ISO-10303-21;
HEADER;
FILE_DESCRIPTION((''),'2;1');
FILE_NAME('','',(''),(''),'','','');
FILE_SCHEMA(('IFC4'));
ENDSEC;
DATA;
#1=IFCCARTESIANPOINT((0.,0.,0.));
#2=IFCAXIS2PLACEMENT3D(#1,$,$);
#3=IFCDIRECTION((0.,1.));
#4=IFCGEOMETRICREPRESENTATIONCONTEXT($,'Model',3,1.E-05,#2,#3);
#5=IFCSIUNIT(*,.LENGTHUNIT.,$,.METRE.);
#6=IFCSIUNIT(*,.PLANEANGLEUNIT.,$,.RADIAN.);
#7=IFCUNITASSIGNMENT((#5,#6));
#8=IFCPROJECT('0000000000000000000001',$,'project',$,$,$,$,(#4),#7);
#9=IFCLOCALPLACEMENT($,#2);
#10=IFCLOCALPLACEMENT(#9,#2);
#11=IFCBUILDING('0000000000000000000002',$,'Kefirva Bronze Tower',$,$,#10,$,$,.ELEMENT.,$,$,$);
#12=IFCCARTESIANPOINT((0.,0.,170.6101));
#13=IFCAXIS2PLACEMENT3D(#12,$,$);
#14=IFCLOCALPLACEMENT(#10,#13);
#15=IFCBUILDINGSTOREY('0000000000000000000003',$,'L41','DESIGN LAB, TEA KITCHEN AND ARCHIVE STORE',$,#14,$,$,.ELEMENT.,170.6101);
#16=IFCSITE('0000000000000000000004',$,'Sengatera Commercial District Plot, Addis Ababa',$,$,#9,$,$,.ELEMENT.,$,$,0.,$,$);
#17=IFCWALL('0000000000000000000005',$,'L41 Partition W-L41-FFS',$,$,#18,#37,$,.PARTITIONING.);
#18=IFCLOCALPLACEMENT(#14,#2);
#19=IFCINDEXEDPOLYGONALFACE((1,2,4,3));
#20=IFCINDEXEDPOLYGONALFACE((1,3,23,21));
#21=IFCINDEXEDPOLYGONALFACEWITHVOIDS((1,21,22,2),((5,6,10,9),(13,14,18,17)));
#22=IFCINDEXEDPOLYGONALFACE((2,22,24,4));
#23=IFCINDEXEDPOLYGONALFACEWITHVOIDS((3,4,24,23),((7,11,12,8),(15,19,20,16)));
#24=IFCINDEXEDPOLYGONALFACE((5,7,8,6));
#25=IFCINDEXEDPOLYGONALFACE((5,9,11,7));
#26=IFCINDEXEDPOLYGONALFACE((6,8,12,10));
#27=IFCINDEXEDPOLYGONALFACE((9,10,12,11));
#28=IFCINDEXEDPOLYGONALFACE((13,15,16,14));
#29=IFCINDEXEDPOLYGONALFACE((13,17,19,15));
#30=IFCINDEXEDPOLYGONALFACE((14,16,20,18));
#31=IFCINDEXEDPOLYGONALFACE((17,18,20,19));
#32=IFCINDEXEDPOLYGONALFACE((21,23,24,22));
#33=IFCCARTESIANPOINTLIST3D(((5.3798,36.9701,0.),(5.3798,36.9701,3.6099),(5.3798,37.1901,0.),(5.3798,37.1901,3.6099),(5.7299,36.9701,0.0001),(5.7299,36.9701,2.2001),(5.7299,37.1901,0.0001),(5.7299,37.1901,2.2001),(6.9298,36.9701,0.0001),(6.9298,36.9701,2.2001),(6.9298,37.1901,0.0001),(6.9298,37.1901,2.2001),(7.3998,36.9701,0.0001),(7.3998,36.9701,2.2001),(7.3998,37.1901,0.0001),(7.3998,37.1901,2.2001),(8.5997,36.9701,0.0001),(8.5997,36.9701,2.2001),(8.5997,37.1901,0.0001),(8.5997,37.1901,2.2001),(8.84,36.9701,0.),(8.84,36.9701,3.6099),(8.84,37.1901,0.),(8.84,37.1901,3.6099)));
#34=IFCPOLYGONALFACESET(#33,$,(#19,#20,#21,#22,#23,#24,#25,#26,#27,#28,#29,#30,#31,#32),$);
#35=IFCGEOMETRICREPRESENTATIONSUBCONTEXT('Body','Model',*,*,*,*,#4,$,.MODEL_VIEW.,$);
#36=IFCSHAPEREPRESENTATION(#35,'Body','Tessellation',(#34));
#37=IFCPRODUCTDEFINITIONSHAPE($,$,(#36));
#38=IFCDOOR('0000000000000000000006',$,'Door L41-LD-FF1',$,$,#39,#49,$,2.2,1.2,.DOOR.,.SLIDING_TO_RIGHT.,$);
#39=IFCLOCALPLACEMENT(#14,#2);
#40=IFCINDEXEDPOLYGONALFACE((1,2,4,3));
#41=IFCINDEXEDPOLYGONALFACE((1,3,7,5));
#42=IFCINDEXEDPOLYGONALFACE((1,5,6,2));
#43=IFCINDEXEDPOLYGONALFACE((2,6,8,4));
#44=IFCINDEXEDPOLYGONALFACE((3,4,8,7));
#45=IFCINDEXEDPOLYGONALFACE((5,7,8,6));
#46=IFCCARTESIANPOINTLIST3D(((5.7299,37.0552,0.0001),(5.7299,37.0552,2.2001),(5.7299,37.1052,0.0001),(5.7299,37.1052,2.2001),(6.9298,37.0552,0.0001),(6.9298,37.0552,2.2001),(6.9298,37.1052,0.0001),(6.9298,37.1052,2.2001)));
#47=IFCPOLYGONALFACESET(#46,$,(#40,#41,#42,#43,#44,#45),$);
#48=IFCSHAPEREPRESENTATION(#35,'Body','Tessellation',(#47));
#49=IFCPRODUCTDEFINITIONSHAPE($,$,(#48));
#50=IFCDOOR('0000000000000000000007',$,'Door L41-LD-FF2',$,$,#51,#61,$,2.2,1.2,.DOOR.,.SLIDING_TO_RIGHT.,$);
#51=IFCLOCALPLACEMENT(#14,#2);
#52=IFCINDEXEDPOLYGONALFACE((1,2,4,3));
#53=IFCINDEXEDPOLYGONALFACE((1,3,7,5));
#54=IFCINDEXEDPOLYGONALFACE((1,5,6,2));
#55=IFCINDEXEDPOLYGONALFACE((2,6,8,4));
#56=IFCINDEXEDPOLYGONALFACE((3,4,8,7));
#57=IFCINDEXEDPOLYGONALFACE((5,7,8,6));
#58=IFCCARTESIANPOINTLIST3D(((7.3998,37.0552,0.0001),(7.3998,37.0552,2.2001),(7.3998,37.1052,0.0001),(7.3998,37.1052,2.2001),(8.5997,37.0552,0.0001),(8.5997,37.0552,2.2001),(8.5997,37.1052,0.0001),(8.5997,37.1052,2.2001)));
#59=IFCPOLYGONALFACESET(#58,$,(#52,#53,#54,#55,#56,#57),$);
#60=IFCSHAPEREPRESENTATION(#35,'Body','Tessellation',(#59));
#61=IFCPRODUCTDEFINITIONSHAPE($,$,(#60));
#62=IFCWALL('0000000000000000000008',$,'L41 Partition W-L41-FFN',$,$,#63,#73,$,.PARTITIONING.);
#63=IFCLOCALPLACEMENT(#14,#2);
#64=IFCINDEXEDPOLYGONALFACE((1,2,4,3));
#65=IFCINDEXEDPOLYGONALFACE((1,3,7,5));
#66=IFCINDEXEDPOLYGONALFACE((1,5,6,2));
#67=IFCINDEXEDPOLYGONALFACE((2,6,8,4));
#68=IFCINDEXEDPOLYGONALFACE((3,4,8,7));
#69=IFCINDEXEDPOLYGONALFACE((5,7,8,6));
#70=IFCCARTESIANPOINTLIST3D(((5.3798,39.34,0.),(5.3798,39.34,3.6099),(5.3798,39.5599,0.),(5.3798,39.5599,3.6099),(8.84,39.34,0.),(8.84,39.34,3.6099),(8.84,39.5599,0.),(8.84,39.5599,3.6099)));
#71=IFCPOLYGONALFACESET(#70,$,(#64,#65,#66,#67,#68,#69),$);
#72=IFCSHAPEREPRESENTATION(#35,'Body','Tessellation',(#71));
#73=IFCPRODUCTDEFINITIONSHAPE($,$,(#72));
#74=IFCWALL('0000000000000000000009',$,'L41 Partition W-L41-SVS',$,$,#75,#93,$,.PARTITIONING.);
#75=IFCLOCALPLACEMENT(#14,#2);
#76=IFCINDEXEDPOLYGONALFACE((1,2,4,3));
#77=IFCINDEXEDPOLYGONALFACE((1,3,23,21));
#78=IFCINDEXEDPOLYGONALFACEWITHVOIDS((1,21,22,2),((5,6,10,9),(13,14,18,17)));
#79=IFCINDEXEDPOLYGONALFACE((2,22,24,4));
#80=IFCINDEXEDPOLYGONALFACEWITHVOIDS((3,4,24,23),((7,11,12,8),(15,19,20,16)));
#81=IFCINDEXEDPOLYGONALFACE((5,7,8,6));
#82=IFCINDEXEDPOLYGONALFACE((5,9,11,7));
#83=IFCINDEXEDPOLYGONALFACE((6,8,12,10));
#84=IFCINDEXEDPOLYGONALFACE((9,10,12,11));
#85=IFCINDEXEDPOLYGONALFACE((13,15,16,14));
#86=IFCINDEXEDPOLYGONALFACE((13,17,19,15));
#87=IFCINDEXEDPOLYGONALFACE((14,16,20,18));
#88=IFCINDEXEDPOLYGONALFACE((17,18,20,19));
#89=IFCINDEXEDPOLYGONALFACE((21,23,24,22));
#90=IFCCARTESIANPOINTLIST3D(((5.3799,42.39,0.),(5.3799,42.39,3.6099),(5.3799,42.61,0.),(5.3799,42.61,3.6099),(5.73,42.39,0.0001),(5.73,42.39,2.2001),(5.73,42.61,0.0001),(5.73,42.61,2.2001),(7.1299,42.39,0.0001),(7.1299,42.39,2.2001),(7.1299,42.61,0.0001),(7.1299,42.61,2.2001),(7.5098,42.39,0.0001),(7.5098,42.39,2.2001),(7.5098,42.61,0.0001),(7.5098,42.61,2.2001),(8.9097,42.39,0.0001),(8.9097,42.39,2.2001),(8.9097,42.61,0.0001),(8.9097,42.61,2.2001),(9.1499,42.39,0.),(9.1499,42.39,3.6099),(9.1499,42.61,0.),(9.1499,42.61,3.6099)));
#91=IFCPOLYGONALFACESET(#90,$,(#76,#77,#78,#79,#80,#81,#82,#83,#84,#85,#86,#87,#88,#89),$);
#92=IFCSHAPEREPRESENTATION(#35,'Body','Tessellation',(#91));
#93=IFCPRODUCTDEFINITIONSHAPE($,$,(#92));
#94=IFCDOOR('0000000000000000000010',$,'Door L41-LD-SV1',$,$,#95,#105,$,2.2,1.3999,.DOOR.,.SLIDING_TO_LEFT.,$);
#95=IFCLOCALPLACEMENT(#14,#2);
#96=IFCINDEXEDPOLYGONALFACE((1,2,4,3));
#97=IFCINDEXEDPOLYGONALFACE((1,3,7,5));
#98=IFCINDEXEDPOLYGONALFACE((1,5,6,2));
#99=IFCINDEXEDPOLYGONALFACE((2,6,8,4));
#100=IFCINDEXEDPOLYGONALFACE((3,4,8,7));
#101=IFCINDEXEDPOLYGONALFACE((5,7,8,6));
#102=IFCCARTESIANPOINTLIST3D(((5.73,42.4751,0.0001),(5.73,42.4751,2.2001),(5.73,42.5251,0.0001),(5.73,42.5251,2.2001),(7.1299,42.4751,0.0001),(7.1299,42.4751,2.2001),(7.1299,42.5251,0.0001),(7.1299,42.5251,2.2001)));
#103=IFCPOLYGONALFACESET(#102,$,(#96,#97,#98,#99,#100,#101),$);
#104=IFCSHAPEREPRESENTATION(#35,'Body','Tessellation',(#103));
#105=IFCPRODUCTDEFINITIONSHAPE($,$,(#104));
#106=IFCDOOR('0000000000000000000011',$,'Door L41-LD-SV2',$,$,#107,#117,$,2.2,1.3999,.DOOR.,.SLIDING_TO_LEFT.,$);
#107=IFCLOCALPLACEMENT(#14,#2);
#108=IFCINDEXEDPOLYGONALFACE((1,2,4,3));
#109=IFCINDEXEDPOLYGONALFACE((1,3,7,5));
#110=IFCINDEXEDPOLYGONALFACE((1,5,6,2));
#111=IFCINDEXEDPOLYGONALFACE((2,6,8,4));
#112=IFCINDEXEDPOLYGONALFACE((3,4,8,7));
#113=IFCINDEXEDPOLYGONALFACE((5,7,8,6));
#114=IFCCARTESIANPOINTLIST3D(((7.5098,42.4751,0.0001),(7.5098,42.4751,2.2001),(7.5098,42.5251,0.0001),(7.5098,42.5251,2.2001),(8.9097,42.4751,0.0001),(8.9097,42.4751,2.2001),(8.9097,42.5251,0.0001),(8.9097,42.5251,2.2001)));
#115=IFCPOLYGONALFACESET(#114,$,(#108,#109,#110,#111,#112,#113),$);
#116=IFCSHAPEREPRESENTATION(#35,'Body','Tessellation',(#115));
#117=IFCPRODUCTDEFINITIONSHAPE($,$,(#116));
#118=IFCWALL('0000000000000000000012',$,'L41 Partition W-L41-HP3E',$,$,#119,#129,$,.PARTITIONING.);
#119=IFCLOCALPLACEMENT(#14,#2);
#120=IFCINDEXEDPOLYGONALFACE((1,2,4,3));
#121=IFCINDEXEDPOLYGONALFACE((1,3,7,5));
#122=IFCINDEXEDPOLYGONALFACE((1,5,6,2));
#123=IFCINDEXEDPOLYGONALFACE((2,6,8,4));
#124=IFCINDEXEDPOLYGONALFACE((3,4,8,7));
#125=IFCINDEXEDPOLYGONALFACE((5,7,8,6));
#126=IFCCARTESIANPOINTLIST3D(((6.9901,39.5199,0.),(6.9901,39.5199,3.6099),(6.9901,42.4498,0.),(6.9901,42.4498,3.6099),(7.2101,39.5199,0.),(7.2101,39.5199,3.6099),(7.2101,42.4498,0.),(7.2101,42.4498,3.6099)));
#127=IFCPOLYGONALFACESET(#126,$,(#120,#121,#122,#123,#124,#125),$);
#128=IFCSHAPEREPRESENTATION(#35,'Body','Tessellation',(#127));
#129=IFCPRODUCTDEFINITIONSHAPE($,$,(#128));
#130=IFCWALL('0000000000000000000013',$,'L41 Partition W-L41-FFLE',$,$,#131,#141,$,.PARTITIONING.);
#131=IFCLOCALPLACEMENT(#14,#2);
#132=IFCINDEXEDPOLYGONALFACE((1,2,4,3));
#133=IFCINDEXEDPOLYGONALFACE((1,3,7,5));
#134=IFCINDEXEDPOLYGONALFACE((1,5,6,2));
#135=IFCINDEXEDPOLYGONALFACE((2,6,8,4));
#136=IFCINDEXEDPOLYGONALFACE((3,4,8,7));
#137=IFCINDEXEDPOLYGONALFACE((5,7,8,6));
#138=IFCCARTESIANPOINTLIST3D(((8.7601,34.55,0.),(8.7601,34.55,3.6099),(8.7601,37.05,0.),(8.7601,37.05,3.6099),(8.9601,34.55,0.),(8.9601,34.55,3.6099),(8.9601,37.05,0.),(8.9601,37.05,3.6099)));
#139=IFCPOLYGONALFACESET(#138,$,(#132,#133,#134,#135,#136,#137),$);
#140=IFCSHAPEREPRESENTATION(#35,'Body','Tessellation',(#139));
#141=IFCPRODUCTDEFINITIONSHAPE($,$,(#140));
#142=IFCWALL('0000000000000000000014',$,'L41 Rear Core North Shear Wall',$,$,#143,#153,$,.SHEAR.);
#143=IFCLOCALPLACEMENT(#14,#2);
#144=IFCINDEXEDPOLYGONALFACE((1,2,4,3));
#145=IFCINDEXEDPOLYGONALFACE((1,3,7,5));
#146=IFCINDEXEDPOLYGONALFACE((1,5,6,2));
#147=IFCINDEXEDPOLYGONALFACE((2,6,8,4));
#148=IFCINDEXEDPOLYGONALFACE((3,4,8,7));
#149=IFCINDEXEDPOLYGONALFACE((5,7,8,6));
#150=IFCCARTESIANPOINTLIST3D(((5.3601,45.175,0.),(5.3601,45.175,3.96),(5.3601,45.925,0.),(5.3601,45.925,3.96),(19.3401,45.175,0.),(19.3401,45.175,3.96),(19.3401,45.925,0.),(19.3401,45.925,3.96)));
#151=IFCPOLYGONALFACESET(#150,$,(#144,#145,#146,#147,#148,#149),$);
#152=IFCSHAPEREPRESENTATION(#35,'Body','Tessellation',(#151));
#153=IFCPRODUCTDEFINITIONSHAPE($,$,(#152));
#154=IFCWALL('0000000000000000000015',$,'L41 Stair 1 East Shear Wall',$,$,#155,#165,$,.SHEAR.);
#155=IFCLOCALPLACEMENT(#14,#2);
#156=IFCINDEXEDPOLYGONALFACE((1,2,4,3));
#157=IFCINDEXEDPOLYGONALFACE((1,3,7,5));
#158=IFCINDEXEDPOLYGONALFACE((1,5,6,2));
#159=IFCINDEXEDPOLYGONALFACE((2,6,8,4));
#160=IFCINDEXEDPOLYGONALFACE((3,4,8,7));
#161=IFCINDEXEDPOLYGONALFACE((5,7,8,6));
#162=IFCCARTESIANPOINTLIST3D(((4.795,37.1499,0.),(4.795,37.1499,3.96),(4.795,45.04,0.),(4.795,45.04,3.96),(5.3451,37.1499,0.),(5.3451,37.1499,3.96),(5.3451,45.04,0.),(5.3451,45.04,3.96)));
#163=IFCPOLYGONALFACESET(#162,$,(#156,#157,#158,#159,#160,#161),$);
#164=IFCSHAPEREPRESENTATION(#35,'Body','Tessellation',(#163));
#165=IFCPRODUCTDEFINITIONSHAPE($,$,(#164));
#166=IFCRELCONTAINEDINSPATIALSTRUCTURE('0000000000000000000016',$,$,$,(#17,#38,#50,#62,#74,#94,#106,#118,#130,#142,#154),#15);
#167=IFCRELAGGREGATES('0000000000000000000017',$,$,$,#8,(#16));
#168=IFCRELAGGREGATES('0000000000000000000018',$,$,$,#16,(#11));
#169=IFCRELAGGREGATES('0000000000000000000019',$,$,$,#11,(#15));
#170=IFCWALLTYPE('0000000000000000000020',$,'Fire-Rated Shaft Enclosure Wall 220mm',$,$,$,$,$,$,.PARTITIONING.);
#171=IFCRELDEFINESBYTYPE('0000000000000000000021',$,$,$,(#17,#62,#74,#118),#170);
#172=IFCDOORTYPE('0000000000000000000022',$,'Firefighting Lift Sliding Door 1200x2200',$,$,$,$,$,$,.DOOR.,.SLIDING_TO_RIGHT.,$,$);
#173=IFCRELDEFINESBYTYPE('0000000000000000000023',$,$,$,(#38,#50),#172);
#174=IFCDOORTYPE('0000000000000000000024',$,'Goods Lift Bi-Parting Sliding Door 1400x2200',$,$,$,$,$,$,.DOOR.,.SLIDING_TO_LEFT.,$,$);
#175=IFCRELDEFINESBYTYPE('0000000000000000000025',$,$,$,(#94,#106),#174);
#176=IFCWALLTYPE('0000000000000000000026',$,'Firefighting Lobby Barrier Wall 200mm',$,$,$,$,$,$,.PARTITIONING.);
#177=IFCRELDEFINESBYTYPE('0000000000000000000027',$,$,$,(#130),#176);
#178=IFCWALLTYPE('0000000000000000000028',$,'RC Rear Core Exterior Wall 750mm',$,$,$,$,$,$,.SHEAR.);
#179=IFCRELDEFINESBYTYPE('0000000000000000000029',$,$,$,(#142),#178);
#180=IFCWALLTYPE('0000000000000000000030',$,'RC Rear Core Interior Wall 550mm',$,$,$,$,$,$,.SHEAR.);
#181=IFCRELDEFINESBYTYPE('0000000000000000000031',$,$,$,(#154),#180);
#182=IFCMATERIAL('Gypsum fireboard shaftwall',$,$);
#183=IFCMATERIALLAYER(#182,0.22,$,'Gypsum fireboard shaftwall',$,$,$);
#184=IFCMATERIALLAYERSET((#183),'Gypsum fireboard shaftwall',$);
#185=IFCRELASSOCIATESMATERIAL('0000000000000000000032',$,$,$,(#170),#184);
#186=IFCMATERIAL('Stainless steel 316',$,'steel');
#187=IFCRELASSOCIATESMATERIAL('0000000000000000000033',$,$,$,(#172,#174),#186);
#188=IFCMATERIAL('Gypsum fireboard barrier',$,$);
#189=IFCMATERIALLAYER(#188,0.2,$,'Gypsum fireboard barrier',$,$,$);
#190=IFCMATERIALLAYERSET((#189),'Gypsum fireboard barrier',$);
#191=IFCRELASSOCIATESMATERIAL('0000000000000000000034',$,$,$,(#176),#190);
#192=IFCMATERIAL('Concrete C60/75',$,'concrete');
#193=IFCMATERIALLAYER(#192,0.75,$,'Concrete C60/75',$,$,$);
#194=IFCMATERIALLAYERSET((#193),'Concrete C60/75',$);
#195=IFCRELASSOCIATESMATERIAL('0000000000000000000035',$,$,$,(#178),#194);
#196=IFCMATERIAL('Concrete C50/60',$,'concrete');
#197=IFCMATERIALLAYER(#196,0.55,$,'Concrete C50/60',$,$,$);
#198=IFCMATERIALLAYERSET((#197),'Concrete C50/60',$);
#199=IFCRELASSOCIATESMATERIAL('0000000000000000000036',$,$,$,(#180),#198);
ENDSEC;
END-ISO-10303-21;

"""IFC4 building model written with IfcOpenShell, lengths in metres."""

from ifc_helpers import new_model, si_unit, direction, frame, frame_2d, origin, place, context, subcontext, project, spatial, rectangle, extrude, material, layer, layer_set, type_object, element, fill, save


model = new_model("IFC4")

# Units and contexts
model_context = context("Model", 3, precision=1e-05, world=origin(), true_north=direction((0.0, 1.0)))
body_context = subcontext(model_context, "Body", "Model", "MODEL_VIEW")
ifc_project = project(units=[si_unit("LENGTHUNIT", "METRE"), si_unit("PLANEANGLEUNIT", "RADIAN")], contexts=[model_context])

# Site, building, storey
site_placement = place(None, origin())
site = spatial("IfcSite", under=ifc_project, at=site_placement, Name="Sengatera Commercial District Plot, Addis Ababa", CompositionType="ELEMENT", RefElevation=0.0)
building_placement = place(site_placement, origin())
building = spatial("IfcBuilding", under=site, at=building_placement, Name="Kefirva Bronze Tower", CompositionType="ELEMENT")
storey_placement = place(building_placement, frame((0.0, 0.0, 170.6101)))
storey = spatial("IfcBuildingStorey", under=building, at=storey_placement, Name="L41", Description="DESIGN LAB, TEA KITCHEN AND ARCHIVE STORE", CompositionType="ELEMENT", Elevation=170.6101)

# Wall, openings, doors
ifc_material_1 = material(Name="Gypsum fireboard shaftwall")
ifc_layer_1 = layer(ifc_material_1, 0.22, Name="Gypsum fireboard shaftwall")
ifc_layer_set_1 = layer_set([ifc_layer_1], Name="Gypsum fireboard shaftwall")
wall_type_1 = type_object("IfcWallType", Name="Fire-Rated Shaft Enclosure Wall 220mm", PredefinedType="PARTITIONING", material=ifc_layer_set_1)
wall_1_placement = place(storey_placement, frame((5.3799, 37.0801, 0.0), z_axis=(0.0, 0.0, 1.0), x_axis=(1.0, 0.0, 0.0)))
wall_1 = element("IfcWall", 1, at=wall_1_placement, inside=storey, type_object=wall_type_1, Name="L41 Partition W-L41-FFS", PredefinedType="PARTITIONING", context=body_context, shape_type="SweptSolid", body=[
    extrude(rectangle(XDim=3.4602, YDim=0.22, at=frame_2d((1.73, 0.0))), origin(), (0.0, 0.0, 1.0), 3.6099),
])
opening_1_placement = place(wall_1_placement, frame((1.55, 0.0, 0.0), z_axis=(0.0, 0.0, 1.0), x_axis=(-1.0, 0.0, 0.0)))
opening_1 = element("IfcOpeningElement", 2, at=opening_1_placement, cuts=wall_1, PredefinedType="OPENING", context=body_context, shape_type="SweptSolid", body=[
    extrude(rectangle(XDim=1.2, YDim=2.2, at=frame_2d((0.6001, 1.1001))), frame((0.0, 0.1201, 0.0), z_axis=(0.0, -1.0, 0.0), x_axis=(1.0, 0.0, 0.0)), (0.0, 0.0, 1.0), 0.24),
])
opening_2_placement = place(wall_1_placement, frame((3.22, 0.0, 0.0), z_axis=(0.0, 0.0, 1.0), x_axis=(-1.0, 0.0, 0.0)))
opening_2 = element("IfcOpeningElement", 3, at=opening_2_placement, cuts=wall_1, PredefinedType="OPENING", context=body_context, shape_type="SweptSolid", body=[
    extrude(rectangle(XDim=1.2, YDim=2.2, at=frame_2d((0.6001, 1.1001))), frame((0.0, 0.1201, 0.0), z_axis=(0.0, -1.0, 0.0), x_axis=(1.0, 0.0, 0.0)), (0.0, 0.0, 1.0), 0.24),
])
ifc_material_2 = material(Name="Stainless steel 316", Category="steel")
door_type_1 = type_object("IfcDoorType", Name="Firefighting Lift Sliding Door 1200x2200", OperationType="SLIDING_TO_RIGHT", PredefinedType="DOOR", material=ifc_material_2)
door_1_placement = place(opening_1_placement, origin())
door_1 = element("IfcDoor", 4, at=door_1_placement, inside=storey, type_object=door_type_1, Name="Door L41-LD-FF1", OperationType="SLIDING_TO_RIGHT", OverallHeight=2.2, OverallWidth=1.2, PredefinedType="DOOR", context=body_context, shape_type="SweptSolid", body=[
    extrude(rectangle(XDim=1.2, YDim=2.2, at=frame_2d((0.6001, 1.1001))), frame((0.0, 0.0249, 0.0), z_axis=(0.0, -1.0, 0.0), x_axis=(1.0, 0.0, 0.0)), (0.0, 0.0, 1.0), 0.05),
])
fill(opening_1, door_1)
door_2_placement = place(opening_2_placement, origin())
door_2 = element("IfcDoor", 5, at=door_2_placement, inside=storey, type_object=door_type_1, Name="Door L41-LD-FF2", OperationType="SLIDING_TO_RIGHT", OverallHeight=2.2, OverallWidth=1.2, PredefinedType="DOOR", context=body_context, shape_type="SweptSolid", body=[
    extrude(rectangle(XDim=1.2, YDim=2.2, at=frame_2d((0.6001, 1.1001))), frame((0.0, 0.0249, 0.0), z_axis=(0.0, -1.0, 0.0), x_axis=(1.0, 0.0, 0.0)), (0.0, 0.0, 1.0), 0.05),
])
fill(opening_2, door_2)

# Wall
wall_2_placement = place(storey_placement, frame((5.3799, 39.45, 0.0), z_axis=(0.0, 0.0, 1.0), x_axis=(1.0, 0.0, 0.0)))
element("IfcWall", 6, at=wall_2_placement, inside=storey, type_object=wall_type_1, Name="L41 Partition W-L41-FFN", PredefinedType="PARTITIONING", context=body_context, shape_type="SweptSolid", body=[
    extrude(rectangle(XDim=3.4602, YDim=0.22, at=frame_2d((1.73, 0.0))), origin(), (0.0, 0.0, 1.0), 3.6099),
])

# Wall, openings, doors
wall_3_placement = place(storey_placement, frame((5.3799, 42.5, 0.0), z_axis=(0.0, 0.0, 1.0), x_axis=(1.0, 0.0, 0.0)))
wall_3 = element("IfcWall", 7, at=wall_3_placement, inside=storey, type_object=wall_type_1, Name="L41 Partition W-L41-SVS", PredefinedType="PARTITIONING", context=body_context, shape_type="SweptSolid", body=[
    extrude(rectangle(XDim=3.77, YDim=0.22, at=frame_2d((1.885, 0.0))), origin(), (0.0, 0.0, 1.0), 3.6099),
])
opening_3_placement = place(wall_3_placement, frame((1.75, 0.0, 0.0), z_axis=(0.0, 0.0, 1.0), x_axis=(-1.0, 0.0, 0.0)))
opening_3 = element("IfcOpeningElement", 8, at=opening_3_placement, cuts=wall_3, PredefinedType="OPENING", context=body_context, shape_type="SweptSolid", body=[
    extrude(rectangle(XDim=1.3999, YDim=2.2, at=frame_2d((0.7, 1.1001))), frame((0.0, 0.1201, 0.0), z_axis=(0.0, -1.0, 0.0), x_axis=(1.0, 0.0, 0.0)), (0.0, 0.0, 1.0), 0.24),
])
opening_4_placement = place(wall_3_placement, frame((3.5298, 0.0, 0.0), z_axis=(0.0, 0.0, 1.0), x_axis=(-1.0, 0.0, 0.0)))
opening_4 = element("IfcOpeningElement", 9, at=opening_4_placement, cuts=wall_3, PredefinedType="OPENING", context=body_context, shape_type="SweptSolid", body=[
    extrude(rectangle(XDim=1.3999, YDim=2.2, at=frame_2d((0.7, 1.1001))), frame((0.0, 0.1201, 0.0), z_axis=(0.0, -1.0, 0.0), x_axis=(1.0, 0.0, 0.0)), (0.0, 0.0, 1.0), 0.24),
])
door_type_2 = type_object("IfcDoorType", Name="Goods Lift Bi-Parting Sliding Door 1400x2200", OperationType="SLIDING_TO_LEFT", PredefinedType="DOOR", material=ifc_material_2)
door_3_placement = place(opening_3_placement, origin())
door_3 = element("IfcDoor", 10, at=door_3_placement, inside=storey, type_object=door_type_2, Name="Door L41-LD-SV1", OperationType="SLIDING_TO_LEFT", OverallHeight=2.2, OverallWidth=1.3999, PredefinedType="DOOR", context=body_context, shape_type="SweptSolid", body=[
    extrude(rectangle(XDim=1.3999, YDim=2.2, at=frame_2d((0.7, 1.1001))), frame((0.0, 0.0249, 0.0), z_axis=(0.0, -1.0, 0.0), x_axis=(1.0, 0.0, 0.0)), (0.0, 0.0, 1.0), 0.05),
])
fill(opening_3, door_3)
door_4_placement = place(opening_4_placement, origin())
door_4 = element("IfcDoor", 11, at=door_4_placement, inside=storey, type_object=door_type_2, Name="Door L41-LD-SV2", OperationType="SLIDING_TO_LEFT", OverallHeight=2.2, OverallWidth=1.3999, PredefinedType="DOOR", context=body_context, shape_type="SweptSolid", body=[
    extrude(rectangle(XDim=1.3999, YDim=2.2, at=frame_2d((0.7, 1.1001))), frame((0.0, 0.0249, 0.0), z_axis=(0.0, -1.0, 0.0), x_axis=(1.0, 0.0, 0.0)), (0.0, 0.0, 1.0), 0.05),
])
fill(opening_4, door_4)

# Walls
wall_4_placement = place(storey_placement, frame((7.1001, 39.52, 0.0), z_axis=(0.0, 0.0, 1.0), x_axis=(0.0, 1.0, 0.0)))
element("IfcWall", 12, at=wall_4_placement, inside=storey, type_object=wall_type_1, Name="L41 Partition W-L41-HP3E", PredefinedType="PARTITIONING", context=body_context, shape_type="SweptSolid", body=[
    extrude(rectangle(XDim=2.9299, YDim=0.22, at=frame_2d((1.4648, 0.0))), origin(), (0.0, 0.0, 1.0), 3.6099),
])
ifc_material_3 = material(Name="Gypsum fireboard barrier")
ifc_layer_2 = layer(ifc_material_3, 0.2, Name="Gypsum fireboard barrier")
ifc_layer_set_2 = layer_set([ifc_layer_2], Name="Gypsum fireboard barrier")
wall_type_2 = type_object("IfcWallType", Name="Firefighting Lobby Barrier Wall 200mm", PredefinedType="PARTITIONING", material=ifc_layer_set_2)
wall_5_placement = place(storey_placement, frame((8.8601, 34.55, 0.0), z_axis=(0.0, 0.0, 1.0), x_axis=(0.0, 1.0, 0.0)))
element("IfcWall", 13, at=wall_5_placement, inside=storey, type_object=wall_type_2, Name="L41 Partition W-L41-FFLE", PredefinedType="PARTITIONING", context=body_context, shape_type="SweptSolid", body=[
    extrude(rectangle(XDim=2.5, YDim=0.2, at=frame_2d((1.25, 0.0))), origin(), (0.0, 0.0, 1.0), 3.6099),
])

# Walls
ifc_material_4 = material(Name="Concrete C60/75", Category="concrete")
ifc_layer_3 = layer(ifc_material_4, 0.75, Name="Concrete C60/75")
ifc_layer_set_3 = layer_set([ifc_layer_3], Name="Concrete C60/75")
wall_type_3 = type_object("IfcWallType", Name="RC Rear Core Exterior Wall 750mm", PredefinedType="SHEAR", material=ifc_layer_set_3)
wall_6_placement = place(storey_placement, frame((5.3601, 45.55, 0.0), z_axis=(0.0, 0.0, 1.0), x_axis=(1.0, 0.0, 0.0)))
element("IfcWall", 14, at=wall_6_placement, inside=storey, type_object=wall_type_3, Name="L41 Rear Core North Shear Wall", PredefinedType="SHEAR", context=body_context, shape_type="SweptSolid", body=[
    extrude(rectangle(XDim=13.98, YDim=0.75, at=frame_2d((6.99, 0.0))), origin(), (0.0, 0.0, 1.0), 3.96),
])
ifc_material_5 = material(Name="Concrete C50/60", Category="concrete")
ifc_layer_4 = layer(ifc_material_5, 0.55, Name="Concrete C50/60")
ifc_layer_set_4 = layer_set([ifc_layer_4], Name="Concrete C50/60")
wall_type_4 = type_object("IfcWallType", Name="RC Rear Core Interior Wall 550mm", PredefinedType="SHEAR", material=ifc_layer_set_4)
wall_7_placement = place(storey_placement, frame((5.0701, 37.1499, 0.0), z_axis=(0.0, 0.0, 1.0), x_axis=(0.0, 1.0, 0.0)))
element("IfcWall", 15, at=wall_7_placement, inside=storey, type_object=wall_type_4, Name="L41 Stair 1 East Shear Wall", PredefinedType="SHEAR", context=body_context, shape_type="SweptSolid", body=[
    extrude(rectangle(XDim=7.8901, YDim=0.55, at=frame_2d((3.9451, 0.0))), origin(), (0.0, 0.0, 1.0), 3.96),
])

save(model, "model.ifc")
